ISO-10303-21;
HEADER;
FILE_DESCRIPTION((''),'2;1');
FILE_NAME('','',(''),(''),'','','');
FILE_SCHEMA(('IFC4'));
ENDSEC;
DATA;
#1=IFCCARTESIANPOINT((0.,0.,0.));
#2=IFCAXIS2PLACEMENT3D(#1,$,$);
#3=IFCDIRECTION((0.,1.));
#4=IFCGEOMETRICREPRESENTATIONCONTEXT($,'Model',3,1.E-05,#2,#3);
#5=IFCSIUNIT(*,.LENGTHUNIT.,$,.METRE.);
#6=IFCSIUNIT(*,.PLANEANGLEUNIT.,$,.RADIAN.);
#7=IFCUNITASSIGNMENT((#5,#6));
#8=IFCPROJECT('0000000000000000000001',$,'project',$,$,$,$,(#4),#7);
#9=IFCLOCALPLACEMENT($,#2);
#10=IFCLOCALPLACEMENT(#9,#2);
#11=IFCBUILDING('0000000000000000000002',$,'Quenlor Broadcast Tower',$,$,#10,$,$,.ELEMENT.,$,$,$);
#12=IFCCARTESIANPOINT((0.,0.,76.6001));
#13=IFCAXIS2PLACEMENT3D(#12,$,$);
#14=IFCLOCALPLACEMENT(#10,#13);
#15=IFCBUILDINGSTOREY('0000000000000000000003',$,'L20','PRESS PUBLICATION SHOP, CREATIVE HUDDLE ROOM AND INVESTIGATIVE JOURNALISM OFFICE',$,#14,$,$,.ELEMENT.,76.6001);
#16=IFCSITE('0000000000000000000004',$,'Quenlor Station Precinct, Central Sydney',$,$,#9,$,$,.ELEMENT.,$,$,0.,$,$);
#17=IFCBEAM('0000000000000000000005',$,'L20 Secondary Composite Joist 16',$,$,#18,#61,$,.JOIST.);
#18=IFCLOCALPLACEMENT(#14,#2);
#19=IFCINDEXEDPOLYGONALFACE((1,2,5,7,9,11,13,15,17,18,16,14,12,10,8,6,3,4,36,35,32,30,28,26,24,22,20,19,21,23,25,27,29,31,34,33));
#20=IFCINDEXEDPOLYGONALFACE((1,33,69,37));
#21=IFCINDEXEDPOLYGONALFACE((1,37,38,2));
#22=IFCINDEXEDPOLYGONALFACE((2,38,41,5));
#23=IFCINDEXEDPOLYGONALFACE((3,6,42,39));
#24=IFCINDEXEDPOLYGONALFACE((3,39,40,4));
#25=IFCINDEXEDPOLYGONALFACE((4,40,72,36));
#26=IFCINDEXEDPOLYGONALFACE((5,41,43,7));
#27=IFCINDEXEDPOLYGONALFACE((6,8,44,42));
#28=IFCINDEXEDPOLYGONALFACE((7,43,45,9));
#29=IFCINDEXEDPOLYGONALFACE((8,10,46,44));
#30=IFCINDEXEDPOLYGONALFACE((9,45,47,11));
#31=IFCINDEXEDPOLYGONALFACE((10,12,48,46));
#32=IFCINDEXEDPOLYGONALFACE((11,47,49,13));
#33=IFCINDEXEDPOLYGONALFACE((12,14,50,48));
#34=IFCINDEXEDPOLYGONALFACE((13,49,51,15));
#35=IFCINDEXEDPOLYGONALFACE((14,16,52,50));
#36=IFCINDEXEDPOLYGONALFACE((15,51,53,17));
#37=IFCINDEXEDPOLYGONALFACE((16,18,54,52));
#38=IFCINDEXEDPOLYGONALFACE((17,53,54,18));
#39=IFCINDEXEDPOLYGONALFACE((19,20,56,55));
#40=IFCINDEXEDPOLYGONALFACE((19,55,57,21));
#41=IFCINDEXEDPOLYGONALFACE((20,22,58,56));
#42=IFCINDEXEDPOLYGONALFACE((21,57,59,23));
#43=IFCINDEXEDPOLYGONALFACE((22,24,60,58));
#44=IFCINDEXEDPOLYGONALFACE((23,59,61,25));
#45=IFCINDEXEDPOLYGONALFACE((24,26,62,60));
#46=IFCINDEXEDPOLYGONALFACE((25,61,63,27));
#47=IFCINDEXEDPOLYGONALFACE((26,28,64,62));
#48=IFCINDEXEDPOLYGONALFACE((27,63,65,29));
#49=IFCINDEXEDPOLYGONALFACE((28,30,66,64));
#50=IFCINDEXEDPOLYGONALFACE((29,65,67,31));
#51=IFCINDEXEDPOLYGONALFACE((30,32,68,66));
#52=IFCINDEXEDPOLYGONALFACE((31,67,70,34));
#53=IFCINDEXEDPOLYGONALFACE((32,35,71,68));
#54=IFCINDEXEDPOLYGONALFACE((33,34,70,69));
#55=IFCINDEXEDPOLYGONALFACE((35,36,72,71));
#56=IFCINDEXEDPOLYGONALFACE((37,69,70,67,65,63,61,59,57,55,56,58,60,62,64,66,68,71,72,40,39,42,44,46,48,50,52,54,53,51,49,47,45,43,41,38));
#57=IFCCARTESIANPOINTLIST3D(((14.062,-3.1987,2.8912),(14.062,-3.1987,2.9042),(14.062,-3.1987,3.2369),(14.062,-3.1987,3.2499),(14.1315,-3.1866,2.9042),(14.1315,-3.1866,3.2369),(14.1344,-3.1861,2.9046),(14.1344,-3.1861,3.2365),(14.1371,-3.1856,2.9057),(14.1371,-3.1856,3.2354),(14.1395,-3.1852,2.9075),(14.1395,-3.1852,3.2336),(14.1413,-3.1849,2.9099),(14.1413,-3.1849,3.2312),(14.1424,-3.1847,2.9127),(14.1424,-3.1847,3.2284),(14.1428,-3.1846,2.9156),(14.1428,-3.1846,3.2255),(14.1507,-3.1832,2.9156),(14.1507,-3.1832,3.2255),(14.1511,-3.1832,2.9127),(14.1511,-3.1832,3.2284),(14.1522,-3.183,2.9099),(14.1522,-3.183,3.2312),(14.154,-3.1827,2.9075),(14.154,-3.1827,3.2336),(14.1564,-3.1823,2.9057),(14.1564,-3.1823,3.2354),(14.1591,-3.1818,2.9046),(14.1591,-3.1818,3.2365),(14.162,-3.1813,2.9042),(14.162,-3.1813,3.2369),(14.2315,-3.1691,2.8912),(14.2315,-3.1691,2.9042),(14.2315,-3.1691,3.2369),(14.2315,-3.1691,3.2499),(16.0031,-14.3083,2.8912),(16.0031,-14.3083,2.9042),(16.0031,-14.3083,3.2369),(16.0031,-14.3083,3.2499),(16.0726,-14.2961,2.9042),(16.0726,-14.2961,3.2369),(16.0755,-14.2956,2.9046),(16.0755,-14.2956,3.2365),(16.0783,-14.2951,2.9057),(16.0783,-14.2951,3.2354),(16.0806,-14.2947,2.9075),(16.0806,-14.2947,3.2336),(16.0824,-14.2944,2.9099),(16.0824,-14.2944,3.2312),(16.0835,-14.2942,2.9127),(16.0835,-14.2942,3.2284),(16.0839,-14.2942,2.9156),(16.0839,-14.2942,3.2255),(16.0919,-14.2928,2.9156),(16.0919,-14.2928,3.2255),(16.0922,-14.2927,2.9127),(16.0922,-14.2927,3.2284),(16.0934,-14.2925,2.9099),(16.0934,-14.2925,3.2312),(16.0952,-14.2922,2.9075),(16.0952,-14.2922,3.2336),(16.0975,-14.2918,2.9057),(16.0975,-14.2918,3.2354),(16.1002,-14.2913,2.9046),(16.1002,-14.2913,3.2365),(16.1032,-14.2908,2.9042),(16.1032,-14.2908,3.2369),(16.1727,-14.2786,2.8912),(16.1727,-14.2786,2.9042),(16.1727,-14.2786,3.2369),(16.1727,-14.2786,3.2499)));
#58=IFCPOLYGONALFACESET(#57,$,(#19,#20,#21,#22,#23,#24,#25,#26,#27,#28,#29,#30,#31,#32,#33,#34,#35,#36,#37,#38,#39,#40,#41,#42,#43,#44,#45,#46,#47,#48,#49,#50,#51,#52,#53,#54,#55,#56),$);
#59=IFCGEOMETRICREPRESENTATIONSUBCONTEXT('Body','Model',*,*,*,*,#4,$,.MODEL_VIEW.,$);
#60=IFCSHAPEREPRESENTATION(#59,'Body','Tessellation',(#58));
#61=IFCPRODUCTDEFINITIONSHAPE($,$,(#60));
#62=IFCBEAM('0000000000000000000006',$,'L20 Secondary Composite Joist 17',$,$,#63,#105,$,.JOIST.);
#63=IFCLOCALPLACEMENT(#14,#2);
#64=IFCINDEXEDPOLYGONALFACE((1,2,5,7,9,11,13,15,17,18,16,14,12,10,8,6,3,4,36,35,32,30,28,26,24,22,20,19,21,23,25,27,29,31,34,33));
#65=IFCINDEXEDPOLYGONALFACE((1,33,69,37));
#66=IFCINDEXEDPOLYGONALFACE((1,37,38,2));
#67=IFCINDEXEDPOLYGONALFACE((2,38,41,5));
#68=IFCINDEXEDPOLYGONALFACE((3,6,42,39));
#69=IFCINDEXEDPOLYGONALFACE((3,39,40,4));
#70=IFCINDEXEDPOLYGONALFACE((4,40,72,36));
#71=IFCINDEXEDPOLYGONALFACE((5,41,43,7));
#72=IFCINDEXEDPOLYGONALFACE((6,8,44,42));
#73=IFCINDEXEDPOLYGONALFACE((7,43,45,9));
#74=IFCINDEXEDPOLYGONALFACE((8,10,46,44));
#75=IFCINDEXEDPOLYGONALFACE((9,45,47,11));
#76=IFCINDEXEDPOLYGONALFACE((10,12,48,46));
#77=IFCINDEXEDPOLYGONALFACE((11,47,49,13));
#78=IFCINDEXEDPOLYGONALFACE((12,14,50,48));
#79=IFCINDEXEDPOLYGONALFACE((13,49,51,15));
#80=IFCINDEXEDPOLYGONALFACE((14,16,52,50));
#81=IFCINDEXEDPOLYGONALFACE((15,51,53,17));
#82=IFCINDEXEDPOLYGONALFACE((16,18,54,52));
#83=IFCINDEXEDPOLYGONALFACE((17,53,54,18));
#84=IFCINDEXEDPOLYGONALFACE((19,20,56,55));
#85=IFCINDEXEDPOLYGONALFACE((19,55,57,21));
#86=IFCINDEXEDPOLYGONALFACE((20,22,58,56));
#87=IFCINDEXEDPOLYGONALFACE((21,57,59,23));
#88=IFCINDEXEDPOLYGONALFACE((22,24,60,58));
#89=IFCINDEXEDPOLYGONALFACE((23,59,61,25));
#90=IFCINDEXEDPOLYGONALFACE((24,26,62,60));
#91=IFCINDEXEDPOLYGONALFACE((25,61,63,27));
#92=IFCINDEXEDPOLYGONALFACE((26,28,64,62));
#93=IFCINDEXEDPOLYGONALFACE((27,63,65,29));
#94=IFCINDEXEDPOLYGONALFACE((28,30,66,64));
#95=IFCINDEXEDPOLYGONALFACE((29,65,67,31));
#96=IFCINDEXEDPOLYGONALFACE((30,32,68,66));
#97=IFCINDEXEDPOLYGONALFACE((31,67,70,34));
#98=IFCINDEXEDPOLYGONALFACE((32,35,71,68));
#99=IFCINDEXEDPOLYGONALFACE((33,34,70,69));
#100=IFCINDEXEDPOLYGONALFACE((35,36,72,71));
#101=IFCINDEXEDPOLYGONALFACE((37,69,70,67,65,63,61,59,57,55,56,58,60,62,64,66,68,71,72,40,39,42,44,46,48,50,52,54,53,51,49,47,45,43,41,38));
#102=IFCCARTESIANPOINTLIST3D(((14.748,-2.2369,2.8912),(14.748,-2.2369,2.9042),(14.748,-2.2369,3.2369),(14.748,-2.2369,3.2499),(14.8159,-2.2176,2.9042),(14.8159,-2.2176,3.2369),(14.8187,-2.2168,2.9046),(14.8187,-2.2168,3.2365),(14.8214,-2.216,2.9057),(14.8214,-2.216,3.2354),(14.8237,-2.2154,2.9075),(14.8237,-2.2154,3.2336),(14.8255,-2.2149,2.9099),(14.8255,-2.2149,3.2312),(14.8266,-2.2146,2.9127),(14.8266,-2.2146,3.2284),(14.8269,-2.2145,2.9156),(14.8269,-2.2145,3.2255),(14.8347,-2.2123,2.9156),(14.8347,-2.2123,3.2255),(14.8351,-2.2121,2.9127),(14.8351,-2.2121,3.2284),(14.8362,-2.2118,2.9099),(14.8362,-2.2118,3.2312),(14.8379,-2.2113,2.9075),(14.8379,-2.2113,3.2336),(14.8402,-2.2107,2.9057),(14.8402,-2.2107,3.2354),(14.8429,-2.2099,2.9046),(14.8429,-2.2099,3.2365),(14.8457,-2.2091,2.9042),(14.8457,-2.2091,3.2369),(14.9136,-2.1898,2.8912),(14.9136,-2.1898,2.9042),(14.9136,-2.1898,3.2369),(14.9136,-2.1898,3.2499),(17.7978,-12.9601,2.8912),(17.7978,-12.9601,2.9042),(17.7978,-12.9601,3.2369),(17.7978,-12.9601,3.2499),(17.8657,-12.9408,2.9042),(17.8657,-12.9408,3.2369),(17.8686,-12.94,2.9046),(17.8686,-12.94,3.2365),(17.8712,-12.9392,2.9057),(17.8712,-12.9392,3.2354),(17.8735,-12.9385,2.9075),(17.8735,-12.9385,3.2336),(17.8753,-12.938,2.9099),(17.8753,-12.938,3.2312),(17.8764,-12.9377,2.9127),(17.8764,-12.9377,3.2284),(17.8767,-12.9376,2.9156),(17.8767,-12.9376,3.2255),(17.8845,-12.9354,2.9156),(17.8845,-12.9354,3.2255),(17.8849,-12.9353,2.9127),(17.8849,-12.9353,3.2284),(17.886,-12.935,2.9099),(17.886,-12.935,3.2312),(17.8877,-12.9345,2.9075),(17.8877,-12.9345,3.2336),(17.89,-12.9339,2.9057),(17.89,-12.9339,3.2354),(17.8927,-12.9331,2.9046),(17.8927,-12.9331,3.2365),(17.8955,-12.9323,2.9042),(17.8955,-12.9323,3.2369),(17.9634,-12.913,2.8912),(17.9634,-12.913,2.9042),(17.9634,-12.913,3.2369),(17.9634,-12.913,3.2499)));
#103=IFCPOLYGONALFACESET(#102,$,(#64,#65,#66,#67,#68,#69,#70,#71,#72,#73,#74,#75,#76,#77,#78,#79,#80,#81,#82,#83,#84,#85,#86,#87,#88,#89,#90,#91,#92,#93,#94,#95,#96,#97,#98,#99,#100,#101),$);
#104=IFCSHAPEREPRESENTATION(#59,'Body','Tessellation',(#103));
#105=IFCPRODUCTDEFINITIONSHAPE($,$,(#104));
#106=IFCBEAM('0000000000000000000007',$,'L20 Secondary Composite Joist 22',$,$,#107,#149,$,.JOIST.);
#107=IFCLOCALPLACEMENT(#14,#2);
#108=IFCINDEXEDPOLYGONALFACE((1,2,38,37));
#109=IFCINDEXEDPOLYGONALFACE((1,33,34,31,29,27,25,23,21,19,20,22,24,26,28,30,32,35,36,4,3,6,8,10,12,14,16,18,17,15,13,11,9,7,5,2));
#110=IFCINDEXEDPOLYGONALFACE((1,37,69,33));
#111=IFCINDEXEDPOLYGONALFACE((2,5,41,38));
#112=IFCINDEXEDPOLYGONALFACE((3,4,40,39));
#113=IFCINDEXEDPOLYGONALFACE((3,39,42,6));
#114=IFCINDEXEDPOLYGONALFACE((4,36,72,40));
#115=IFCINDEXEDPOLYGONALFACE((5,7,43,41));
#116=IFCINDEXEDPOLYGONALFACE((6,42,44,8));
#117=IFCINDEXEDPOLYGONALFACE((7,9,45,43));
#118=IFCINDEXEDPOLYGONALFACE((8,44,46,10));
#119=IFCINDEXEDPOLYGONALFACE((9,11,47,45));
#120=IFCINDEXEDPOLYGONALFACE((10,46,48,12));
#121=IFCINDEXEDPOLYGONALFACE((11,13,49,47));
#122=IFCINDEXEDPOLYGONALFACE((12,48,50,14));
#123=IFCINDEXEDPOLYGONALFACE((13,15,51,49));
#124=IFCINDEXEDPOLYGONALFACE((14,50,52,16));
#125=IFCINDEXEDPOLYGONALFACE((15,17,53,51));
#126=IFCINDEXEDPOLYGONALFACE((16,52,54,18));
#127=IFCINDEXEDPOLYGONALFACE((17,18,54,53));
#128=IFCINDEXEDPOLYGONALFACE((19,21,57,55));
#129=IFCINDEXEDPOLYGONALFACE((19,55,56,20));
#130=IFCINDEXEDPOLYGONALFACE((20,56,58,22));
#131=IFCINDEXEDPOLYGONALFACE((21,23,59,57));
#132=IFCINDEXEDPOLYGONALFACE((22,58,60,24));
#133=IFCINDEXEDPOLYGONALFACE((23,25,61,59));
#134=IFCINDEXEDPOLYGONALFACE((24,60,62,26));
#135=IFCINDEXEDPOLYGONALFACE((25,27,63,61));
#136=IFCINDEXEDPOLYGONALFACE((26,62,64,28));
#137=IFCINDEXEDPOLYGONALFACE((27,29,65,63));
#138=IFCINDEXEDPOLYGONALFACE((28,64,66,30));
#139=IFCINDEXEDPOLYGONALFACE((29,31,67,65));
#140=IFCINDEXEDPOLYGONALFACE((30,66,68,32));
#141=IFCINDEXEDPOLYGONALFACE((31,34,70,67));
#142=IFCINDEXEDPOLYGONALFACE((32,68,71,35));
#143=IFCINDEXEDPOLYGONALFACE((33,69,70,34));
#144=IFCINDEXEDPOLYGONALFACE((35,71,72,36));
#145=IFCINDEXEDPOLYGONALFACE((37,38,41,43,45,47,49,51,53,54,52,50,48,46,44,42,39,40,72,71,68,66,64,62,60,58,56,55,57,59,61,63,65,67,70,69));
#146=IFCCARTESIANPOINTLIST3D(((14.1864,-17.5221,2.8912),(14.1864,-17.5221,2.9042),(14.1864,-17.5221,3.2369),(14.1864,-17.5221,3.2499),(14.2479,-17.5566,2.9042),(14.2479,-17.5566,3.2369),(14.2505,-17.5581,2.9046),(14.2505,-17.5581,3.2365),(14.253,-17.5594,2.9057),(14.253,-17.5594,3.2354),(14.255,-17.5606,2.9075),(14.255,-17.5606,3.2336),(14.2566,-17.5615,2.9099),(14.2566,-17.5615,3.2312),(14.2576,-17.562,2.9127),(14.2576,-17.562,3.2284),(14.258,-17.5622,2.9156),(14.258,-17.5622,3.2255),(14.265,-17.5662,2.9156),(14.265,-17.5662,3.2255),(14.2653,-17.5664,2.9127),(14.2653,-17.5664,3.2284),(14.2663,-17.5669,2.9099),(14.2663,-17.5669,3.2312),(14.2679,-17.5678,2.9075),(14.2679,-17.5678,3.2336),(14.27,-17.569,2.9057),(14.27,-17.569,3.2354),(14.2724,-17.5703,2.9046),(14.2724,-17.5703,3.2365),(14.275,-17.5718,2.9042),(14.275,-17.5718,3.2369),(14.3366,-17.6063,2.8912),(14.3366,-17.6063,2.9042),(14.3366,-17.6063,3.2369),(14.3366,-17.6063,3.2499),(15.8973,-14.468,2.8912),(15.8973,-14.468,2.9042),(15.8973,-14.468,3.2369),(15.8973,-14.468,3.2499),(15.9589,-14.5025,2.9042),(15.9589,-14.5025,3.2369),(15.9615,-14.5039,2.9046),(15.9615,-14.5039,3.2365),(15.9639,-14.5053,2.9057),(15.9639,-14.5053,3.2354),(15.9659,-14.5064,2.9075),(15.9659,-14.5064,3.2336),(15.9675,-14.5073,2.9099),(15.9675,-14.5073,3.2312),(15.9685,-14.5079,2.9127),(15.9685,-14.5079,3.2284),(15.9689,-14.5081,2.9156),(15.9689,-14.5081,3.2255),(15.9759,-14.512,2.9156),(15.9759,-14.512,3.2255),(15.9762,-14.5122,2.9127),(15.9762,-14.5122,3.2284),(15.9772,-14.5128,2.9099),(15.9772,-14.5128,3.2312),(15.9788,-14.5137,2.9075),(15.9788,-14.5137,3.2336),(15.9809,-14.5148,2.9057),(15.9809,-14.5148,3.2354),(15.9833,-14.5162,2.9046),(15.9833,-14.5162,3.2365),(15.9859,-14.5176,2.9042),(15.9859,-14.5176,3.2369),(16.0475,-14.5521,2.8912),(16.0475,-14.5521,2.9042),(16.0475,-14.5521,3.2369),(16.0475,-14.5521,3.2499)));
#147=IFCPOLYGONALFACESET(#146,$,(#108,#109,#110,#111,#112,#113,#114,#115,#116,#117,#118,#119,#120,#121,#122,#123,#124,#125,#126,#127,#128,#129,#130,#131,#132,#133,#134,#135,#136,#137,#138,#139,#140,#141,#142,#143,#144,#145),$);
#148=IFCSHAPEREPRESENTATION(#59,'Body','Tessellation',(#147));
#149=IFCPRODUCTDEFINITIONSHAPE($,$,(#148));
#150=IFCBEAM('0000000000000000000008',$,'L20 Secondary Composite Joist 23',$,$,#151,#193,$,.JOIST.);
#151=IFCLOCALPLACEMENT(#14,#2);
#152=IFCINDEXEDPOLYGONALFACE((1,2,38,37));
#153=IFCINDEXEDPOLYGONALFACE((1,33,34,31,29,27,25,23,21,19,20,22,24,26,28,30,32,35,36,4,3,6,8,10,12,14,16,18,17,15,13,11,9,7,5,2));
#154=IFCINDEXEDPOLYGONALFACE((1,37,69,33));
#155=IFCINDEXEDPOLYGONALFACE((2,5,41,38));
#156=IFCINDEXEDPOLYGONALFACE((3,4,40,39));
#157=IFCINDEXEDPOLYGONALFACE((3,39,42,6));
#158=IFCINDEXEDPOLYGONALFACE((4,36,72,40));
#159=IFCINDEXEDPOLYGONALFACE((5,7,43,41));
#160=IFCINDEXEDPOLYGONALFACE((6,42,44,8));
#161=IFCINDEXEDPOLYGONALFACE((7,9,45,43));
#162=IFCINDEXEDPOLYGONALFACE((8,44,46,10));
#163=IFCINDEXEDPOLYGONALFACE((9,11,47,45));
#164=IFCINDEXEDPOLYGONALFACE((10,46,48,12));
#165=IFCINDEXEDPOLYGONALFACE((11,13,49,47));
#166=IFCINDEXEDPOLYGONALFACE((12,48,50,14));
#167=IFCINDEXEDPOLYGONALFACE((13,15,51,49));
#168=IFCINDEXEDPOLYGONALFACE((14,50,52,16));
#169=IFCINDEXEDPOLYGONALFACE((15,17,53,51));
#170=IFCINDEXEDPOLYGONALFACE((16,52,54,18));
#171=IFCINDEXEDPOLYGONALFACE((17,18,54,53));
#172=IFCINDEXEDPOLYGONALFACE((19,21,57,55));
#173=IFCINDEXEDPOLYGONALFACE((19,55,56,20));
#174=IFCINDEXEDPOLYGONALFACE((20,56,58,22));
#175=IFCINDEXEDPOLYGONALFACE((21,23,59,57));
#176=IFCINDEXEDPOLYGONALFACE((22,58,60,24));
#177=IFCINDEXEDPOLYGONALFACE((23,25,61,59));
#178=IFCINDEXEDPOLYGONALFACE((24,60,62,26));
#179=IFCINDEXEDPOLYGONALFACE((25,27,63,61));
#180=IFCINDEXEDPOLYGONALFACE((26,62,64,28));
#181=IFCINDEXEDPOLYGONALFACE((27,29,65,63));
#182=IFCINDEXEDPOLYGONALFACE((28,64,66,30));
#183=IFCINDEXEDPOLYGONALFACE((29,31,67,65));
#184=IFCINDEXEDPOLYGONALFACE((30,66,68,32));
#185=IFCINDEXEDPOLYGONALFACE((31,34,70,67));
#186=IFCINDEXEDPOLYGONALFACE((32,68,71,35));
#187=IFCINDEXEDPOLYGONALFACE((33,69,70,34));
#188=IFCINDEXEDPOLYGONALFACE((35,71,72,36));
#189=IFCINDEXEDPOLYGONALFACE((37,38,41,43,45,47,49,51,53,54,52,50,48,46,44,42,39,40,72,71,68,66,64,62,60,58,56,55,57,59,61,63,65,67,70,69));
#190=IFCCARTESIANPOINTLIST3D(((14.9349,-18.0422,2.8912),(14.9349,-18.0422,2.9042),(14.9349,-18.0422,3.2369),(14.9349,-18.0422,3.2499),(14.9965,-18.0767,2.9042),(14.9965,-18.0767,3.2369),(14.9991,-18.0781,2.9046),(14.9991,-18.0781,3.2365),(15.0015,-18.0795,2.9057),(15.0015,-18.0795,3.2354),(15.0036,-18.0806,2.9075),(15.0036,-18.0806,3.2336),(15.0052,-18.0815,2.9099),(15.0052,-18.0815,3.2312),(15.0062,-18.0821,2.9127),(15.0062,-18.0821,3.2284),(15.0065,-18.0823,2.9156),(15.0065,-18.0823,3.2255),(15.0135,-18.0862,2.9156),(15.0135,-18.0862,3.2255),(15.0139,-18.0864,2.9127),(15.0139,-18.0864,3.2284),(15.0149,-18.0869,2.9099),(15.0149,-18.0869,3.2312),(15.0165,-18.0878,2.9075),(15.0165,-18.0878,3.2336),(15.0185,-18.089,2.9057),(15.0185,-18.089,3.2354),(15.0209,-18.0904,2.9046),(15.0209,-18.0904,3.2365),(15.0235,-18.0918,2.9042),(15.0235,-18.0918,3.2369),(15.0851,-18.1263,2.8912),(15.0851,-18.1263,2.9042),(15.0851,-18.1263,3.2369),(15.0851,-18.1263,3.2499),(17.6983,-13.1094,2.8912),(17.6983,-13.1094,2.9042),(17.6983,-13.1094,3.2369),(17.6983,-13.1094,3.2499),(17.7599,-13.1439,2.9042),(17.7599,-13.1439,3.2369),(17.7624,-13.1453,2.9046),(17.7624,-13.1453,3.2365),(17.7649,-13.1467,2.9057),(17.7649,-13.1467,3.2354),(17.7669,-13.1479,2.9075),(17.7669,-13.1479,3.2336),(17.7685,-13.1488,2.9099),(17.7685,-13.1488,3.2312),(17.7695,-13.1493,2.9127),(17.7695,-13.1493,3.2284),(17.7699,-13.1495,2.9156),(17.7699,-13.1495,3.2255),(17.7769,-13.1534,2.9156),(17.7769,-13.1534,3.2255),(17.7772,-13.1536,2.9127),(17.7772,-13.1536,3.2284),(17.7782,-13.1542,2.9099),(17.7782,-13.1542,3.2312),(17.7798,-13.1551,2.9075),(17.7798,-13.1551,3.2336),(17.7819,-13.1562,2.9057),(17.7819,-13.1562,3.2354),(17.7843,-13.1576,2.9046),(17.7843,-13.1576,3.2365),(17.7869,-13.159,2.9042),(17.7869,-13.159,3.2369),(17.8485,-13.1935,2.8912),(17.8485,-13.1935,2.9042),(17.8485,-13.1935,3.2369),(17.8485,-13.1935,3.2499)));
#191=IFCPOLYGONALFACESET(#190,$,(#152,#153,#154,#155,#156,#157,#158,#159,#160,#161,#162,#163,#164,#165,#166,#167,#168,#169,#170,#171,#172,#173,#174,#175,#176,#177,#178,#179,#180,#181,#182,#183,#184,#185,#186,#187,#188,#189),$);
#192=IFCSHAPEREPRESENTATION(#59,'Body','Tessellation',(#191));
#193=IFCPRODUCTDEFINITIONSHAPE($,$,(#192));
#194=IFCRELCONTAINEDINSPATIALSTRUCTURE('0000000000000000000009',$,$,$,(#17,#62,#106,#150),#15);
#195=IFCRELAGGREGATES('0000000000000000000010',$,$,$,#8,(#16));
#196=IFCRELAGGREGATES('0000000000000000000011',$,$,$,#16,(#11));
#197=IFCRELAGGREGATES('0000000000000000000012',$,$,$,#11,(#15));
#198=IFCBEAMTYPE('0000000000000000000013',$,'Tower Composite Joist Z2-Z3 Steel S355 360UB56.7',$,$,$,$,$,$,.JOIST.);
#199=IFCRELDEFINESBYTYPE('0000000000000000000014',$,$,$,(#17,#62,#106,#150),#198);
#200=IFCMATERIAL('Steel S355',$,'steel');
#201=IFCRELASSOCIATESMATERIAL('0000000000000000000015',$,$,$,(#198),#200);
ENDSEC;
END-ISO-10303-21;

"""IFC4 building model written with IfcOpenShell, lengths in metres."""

from ifc_helpers import new_model, si_unit, direction, frame, origin, origin_2d, place, context, subcontext, project, spatial, i_section, extrude, material, material_profile, profile_set, type_object, element, save


model = new_model("IFC4")

# Units and contexts
model_context = context("Model", 3, precision=1e-05, world=origin(), true_north=direction((0.0, 1.0)))
body_context = subcontext(model_context, "Body", "Model", "MODEL_VIEW")
ifc_project = project(units=[si_unit("LENGTHUNIT", "METRE"), si_unit("PLANEANGLEUNIT", "RADIAN")], contexts=[model_context])

# Site, building, storey
site_placement = place(None, origin())
site = spatial("IfcSite", under=ifc_project, at=site_placement, Name="Quenlor Station Precinct, Central Sydney", CompositionType="ELEMENT", RefElevation=0.0)
building_placement = place(site_placement, origin())
building = spatial("IfcBuilding", under=site, at=building_placement, Name="Quenlor Broadcast Tower", CompositionType="ELEMENT")
storey_placement = place(building_placement, frame((0.0, 0.0, 76.6001)))
storey = spatial("IfcBuildingStorey", under=building, at=storey_placement, Name="L20", Description="PRESS PUBLICATION SHOP, CREATIVE HUDDLE ROOM AND INVESTIGATIVE JOURNALISM OFFICE", CompositionType="ELEMENT", Elevation=76.6001)

# Beams
ifc_material_1 = material(Name="Steel S355", Category="steel")
ifc_material_profile_1 = material_profile(ifc_material_1, i_section(OverallWidth=0.1721, OverallDepth=0.3586, WebThickness=0.0081, FlangeThickness=0.0129, FilletRadius=0.0115, at=origin_2d()))
ifc_profile_set_1 = profile_set([ifc_material_profile_1], Name="Steel S355 360UB56.7")
beam_type_1 = type_object("IfcBeamType", Name="Tower Composite Joist Z2-Z3 Steel S355 360UB56.7", PredefinedType="JOIST", material=ifc_profile_set_1)
beam_1_placement = place(storey_placement, frame((16.0879, -14.2935, 3.0706), z_axis=(-0.17212, 0.985076, 0.0), x_axis=(-0.985076, -0.17212, 0.0)))
element("IfcBeam", 1, at=beam_1_placement, inside=storey, type_object=beam_type_1, Name="L20 Secondary Composite Joist 16", PredefinedType="JOIST", context=body_context, shape_type="SweptSolid", body=[
    extrude(i_section(OverallWidth=0.1721, OverallDepth=0.3586, WebThickness=0.0081, FlangeThickness=0.0129, FilletRadius=0.0115, at=origin_2d()), origin(), (0.0, 0.0, 1.0), 11.2778),
])
beam_2_placement = place(storey_placement, frame((17.8806, -12.9365, 3.0706), z_axis=(-0.273564, 0.961854, 0.0), x_axis=(-0.961854, -0.273564, 0.0)))
element("IfcBeam", 2, at=beam_2_placement, inside=storey, type_object=beam_type_1, Name="L20 Secondary Composite Joist 17", PredefinedType="JOIST", context=body_context, shape_type="SweptSolid", body=[
    extrude(i_section(OverallWidth=0.1721, OverallDepth=0.3586, WebThickness=0.0081, FlangeThickness=0.0129, FilletRadius=0.0115, at=origin_2d()), origin(), (0.0, 0.0, 1.0), 11.1484),
])
beam_3_placement = place(storey_placement, frame((14.2615, -17.5642, 3.0706), z_axis=(0.488731, 0.872435, 0.0), x_axis=(-0.872435, 0.488731, 0.0)))
element("IfcBeam", 3, at=beam_3_placement, inside=storey, type_object=beam_type_1, Name="L20 Secondary Composite Joist 22", PredefinedType="JOIST", context=body_context, shape_type="SweptSolid", body=[
    extrude(i_section(OverallWidth=0.1721, OverallDepth=0.3586, WebThickness=0.0081, FlangeThickness=0.0129, FilletRadius=0.0115, at=origin_2d()), origin(), (0.0, 0.0, 1.0), 3.5007),
])
beam_4_placement = place(storey_placement, frame((15.01, -18.0842, 3.0706), z_axis=(0.488741, 0.872429, 0.0), x_axis=(-0.872429, 0.488741, 0.0)))
element("IfcBeam", 4, at=beam_4_placement, inside=storey, type_object=beam_type_1, Name="L20 Secondary Composite Joist 23", PredefinedType="JOIST", context=body_context, shape_type="SweptSolid", body=[
    extrude(i_section(OverallWidth=0.1721, OverallDepth=0.3586, WebThickness=0.0081, FlangeThickness=0.0129, FilletRadius=0.0115, at=origin_2d()), origin(), (0.0, 0.0, 1.0), 5.6541),
])

save(model, "model.ifc")
